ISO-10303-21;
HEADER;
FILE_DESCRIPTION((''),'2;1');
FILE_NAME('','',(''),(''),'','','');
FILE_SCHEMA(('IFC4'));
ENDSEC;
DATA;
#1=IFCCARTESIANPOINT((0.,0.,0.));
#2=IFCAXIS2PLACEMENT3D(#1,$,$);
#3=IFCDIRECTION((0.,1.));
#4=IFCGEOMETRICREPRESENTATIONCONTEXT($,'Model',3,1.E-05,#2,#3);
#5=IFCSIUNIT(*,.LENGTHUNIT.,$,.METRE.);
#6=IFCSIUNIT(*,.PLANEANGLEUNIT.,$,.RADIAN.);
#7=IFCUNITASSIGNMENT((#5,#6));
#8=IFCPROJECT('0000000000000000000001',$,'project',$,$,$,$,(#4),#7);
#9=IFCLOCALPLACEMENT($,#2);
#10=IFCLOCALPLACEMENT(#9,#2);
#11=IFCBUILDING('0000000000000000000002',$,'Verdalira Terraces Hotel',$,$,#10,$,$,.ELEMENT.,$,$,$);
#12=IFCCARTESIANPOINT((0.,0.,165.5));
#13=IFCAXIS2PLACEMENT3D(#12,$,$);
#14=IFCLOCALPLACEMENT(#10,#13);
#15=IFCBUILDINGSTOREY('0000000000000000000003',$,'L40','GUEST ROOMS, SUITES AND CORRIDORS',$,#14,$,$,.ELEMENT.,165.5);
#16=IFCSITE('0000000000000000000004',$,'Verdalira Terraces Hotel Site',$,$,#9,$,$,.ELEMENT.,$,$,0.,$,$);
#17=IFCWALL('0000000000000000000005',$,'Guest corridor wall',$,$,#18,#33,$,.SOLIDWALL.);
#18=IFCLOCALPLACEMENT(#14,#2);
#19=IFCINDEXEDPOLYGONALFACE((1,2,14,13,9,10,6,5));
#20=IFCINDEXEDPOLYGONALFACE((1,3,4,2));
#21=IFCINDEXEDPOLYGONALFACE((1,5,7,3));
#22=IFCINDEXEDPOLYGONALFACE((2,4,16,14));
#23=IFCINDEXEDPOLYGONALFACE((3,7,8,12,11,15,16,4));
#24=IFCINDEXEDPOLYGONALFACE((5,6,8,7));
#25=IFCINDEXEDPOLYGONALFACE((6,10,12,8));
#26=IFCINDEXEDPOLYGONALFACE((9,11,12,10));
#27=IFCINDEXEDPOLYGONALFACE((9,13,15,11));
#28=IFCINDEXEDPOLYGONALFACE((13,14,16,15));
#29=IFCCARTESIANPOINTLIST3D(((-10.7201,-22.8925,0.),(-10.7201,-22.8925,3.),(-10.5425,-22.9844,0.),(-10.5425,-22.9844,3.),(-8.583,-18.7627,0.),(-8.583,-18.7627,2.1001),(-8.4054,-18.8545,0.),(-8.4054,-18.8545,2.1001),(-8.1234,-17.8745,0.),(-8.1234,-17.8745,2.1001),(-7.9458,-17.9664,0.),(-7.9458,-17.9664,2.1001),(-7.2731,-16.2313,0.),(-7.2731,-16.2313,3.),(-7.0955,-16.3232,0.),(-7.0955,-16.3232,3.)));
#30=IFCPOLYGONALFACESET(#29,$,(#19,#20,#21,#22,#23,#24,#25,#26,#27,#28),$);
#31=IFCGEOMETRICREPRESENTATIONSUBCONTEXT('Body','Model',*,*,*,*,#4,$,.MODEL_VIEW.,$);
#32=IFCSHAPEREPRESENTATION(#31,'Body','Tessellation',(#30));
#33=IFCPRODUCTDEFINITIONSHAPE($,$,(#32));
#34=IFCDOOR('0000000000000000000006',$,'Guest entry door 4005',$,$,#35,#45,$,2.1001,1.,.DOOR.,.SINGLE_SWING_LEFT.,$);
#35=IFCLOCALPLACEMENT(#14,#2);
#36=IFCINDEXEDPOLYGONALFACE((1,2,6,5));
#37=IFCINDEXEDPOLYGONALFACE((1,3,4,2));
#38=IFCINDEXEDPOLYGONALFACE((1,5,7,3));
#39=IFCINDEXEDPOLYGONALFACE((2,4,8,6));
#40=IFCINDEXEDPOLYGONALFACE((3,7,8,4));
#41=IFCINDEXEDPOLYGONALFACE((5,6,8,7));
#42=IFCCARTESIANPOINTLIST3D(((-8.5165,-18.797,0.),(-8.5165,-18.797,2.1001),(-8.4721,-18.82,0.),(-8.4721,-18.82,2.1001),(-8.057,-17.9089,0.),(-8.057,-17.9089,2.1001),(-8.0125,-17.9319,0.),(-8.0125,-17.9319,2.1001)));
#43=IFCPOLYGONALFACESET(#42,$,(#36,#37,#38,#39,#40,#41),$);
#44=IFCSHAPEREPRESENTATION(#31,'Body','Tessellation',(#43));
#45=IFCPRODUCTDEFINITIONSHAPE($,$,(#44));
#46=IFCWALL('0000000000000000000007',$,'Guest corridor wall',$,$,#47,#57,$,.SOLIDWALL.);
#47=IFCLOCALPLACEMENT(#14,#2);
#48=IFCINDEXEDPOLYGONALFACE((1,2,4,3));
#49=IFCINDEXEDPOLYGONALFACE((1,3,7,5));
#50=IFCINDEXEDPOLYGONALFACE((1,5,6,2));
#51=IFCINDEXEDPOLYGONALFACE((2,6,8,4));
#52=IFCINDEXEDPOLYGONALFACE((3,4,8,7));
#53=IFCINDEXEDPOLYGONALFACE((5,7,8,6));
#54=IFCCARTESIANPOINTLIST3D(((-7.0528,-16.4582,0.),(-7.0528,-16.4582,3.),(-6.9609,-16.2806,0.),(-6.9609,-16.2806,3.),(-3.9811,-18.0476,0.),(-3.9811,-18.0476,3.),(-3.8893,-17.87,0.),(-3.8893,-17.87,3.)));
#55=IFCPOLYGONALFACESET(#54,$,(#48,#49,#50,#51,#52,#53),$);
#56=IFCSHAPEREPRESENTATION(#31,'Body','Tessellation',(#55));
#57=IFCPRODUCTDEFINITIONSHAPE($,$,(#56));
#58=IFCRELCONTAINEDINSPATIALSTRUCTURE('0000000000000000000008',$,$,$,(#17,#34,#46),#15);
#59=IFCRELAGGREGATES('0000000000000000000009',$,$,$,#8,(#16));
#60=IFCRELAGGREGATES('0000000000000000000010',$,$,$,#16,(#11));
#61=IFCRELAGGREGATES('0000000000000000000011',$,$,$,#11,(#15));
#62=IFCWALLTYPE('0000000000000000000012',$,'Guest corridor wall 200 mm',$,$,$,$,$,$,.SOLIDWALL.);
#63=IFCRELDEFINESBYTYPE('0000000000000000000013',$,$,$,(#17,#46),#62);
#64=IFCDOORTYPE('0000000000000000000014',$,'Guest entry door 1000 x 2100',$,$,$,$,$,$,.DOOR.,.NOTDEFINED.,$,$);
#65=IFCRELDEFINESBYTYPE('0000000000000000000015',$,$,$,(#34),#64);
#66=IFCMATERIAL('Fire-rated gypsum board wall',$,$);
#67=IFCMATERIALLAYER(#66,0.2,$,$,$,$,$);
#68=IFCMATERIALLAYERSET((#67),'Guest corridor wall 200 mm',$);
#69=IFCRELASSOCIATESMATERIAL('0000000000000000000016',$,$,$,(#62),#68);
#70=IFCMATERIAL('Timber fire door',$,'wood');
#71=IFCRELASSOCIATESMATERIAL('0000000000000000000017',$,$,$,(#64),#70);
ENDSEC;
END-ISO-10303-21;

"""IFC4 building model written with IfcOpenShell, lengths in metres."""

from ifc_helpers import new_model, si_unit, direction, frame, frame_2d, origin, place, context, subcontext, project, spatial, rectangle, extrude, material, layer, layer_set, type_object, element, fill, save


model = new_model("IFC4")

# Units and contexts
model_context = context("Model", 3, precision=1e-05, world=origin(), true_north=direction((0.0, 1.0)))
body_context = subcontext(model_context, "Body", "Model", "MODEL_VIEW")
ifc_project = project(units=[si_unit("LENGTHUNIT", "METRE"), si_unit("PLANEANGLEUNIT", "RADIAN")], contexts=[model_context])

# Site, building, storey
site_placement = place(None, origin())
site = spatial("IfcSite", under=ifc_project, at=site_placement, Name="Verdalira Terraces Hotel Site", CompositionType="ELEMENT", RefElevation=0.0)
building_placement = place(site_placement, origin())
building = spatial("IfcBuilding", under=site, at=building_placement, Name="Verdalira Terraces Hotel", CompositionType="ELEMENT")
storey_placement = place(building_placement, frame((0.0, 0.0, 165.5)))
storey = spatial("IfcBuildingStorey", under=building, at=storey_placement, Name="L40", Description="GUEST ROOMS, SUITES AND CORRIDORS", CompositionType="ELEMENT", Elevation=165.5)

# Shared definitions
ifc_material_1 = material(Name="Fire-rated gypsum board wall")
ifc_layer_1 = layer(ifc_material_1, 0.2)
ifc_layer_set_1 = layer_set([ifc_layer_1], Name="Guest corridor wall 200 mm")
wall_type_1 = type_object("IfcWallType", Name="Guest corridor wall 200 mm", PredefinedType="SOLIDWALL", material=ifc_layer_set_1)

# Wall, opening, door
wall_1_placement = place(storey_placement, frame((-7.1843, -16.2773, 0.0), z_axis=(0.0, 0.0, 1.0), x_axis=(-0.459592, -0.88813, 0.0)))
wall_1 = element("IfcWall", 1, at=wall_1_placement, inside=storey, type_object=wall_type_1, Name="Guest corridor wall", PredefinedType="SOLIDWALL", context=body_context, shape_type="SweptSolid", body=[
    extrude(rectangle(XDim=7.5002, YDim=0.2, at=frame_2d((3.75, 0.0))), origin(), (0.0, 0.0, 1.0), 3.0),
])
opening_1_placement = place(wall_1_placement, frame((1.8501, 0.0, 0.0)))
opening_1 = element("IfcOpeningElement", 2, at=opening_1_placement, cuts=wall_1, PredefinedType="OPENING", context=body_context, shape_type="SweptSolid", body=[
    extrude(rectangle(XDim=1.0, YDim=2.1001, at=frame_2d((0.5, 1.05))), frame((0.0, 0.1099, 0.0), z_axis=(0.0, -1.0, 0.0), x_axis=(1.0, 0.0, 0.0)), (0.0, 0.0, 1.0), 0.22),
])
ifc_material_2 = material(Name="Timber fire door", Category="wood")
door_type_1 = type_object("IfcDoorType", Name="Guest entry door 1000 x 2100", OperationType="NOTDEFINED", PredefinedType="DOOR", material=ifc_material_2)
door_1_placement = place(opening_1_placement, origin())
door_1 = element("IfcDoor", 3, at=door_1_placement, inside=storey, type_object=door_type_1, Name="Guest entry door 4005", OperationType="SINGLE_SWING_LEFT", OverallHeight=2.1001, OverallWidth=1.0, PredefinedType="DOOR", context=body_context, shape_type="SweptSolid", body=[
    extrude(rectangle(XDim=1.0, YDim=2.1001, at=frame_2d((0.5, 1.05))), frame((0.0, 0.0249, 0.0), z_axis=(0.0, -1.0, 0.0), x_axis=(1.0, 0.0, 0.0)), (0.0, 0.0, 1.0), 0.05),
])
fill(opening_1, door_1)

# Wall
wall_2_placement = place(storey_placement, frame((-7.0068, -16.3694, 0.0), z_axis=(0.0, 0.0, 1.0), x_axis=(0.888143, -0.459567, 0.0)))
element("IfcWall", 4, at=wall_2_placement, inside=storey, type_object=wall_type_1, Name="Guest corridor wall", PredefinedType="SOLIDWALL", context=body_context, shape_type="SweptSolid", body=[
    extrude(rectangle(XDim=3.4585, YDim=0.2, at=frame_2d((1.7292, 0.0))), origin(), (0.0, 0.0, 1.0), 3.0),
])

save(model, "model.ifc")
